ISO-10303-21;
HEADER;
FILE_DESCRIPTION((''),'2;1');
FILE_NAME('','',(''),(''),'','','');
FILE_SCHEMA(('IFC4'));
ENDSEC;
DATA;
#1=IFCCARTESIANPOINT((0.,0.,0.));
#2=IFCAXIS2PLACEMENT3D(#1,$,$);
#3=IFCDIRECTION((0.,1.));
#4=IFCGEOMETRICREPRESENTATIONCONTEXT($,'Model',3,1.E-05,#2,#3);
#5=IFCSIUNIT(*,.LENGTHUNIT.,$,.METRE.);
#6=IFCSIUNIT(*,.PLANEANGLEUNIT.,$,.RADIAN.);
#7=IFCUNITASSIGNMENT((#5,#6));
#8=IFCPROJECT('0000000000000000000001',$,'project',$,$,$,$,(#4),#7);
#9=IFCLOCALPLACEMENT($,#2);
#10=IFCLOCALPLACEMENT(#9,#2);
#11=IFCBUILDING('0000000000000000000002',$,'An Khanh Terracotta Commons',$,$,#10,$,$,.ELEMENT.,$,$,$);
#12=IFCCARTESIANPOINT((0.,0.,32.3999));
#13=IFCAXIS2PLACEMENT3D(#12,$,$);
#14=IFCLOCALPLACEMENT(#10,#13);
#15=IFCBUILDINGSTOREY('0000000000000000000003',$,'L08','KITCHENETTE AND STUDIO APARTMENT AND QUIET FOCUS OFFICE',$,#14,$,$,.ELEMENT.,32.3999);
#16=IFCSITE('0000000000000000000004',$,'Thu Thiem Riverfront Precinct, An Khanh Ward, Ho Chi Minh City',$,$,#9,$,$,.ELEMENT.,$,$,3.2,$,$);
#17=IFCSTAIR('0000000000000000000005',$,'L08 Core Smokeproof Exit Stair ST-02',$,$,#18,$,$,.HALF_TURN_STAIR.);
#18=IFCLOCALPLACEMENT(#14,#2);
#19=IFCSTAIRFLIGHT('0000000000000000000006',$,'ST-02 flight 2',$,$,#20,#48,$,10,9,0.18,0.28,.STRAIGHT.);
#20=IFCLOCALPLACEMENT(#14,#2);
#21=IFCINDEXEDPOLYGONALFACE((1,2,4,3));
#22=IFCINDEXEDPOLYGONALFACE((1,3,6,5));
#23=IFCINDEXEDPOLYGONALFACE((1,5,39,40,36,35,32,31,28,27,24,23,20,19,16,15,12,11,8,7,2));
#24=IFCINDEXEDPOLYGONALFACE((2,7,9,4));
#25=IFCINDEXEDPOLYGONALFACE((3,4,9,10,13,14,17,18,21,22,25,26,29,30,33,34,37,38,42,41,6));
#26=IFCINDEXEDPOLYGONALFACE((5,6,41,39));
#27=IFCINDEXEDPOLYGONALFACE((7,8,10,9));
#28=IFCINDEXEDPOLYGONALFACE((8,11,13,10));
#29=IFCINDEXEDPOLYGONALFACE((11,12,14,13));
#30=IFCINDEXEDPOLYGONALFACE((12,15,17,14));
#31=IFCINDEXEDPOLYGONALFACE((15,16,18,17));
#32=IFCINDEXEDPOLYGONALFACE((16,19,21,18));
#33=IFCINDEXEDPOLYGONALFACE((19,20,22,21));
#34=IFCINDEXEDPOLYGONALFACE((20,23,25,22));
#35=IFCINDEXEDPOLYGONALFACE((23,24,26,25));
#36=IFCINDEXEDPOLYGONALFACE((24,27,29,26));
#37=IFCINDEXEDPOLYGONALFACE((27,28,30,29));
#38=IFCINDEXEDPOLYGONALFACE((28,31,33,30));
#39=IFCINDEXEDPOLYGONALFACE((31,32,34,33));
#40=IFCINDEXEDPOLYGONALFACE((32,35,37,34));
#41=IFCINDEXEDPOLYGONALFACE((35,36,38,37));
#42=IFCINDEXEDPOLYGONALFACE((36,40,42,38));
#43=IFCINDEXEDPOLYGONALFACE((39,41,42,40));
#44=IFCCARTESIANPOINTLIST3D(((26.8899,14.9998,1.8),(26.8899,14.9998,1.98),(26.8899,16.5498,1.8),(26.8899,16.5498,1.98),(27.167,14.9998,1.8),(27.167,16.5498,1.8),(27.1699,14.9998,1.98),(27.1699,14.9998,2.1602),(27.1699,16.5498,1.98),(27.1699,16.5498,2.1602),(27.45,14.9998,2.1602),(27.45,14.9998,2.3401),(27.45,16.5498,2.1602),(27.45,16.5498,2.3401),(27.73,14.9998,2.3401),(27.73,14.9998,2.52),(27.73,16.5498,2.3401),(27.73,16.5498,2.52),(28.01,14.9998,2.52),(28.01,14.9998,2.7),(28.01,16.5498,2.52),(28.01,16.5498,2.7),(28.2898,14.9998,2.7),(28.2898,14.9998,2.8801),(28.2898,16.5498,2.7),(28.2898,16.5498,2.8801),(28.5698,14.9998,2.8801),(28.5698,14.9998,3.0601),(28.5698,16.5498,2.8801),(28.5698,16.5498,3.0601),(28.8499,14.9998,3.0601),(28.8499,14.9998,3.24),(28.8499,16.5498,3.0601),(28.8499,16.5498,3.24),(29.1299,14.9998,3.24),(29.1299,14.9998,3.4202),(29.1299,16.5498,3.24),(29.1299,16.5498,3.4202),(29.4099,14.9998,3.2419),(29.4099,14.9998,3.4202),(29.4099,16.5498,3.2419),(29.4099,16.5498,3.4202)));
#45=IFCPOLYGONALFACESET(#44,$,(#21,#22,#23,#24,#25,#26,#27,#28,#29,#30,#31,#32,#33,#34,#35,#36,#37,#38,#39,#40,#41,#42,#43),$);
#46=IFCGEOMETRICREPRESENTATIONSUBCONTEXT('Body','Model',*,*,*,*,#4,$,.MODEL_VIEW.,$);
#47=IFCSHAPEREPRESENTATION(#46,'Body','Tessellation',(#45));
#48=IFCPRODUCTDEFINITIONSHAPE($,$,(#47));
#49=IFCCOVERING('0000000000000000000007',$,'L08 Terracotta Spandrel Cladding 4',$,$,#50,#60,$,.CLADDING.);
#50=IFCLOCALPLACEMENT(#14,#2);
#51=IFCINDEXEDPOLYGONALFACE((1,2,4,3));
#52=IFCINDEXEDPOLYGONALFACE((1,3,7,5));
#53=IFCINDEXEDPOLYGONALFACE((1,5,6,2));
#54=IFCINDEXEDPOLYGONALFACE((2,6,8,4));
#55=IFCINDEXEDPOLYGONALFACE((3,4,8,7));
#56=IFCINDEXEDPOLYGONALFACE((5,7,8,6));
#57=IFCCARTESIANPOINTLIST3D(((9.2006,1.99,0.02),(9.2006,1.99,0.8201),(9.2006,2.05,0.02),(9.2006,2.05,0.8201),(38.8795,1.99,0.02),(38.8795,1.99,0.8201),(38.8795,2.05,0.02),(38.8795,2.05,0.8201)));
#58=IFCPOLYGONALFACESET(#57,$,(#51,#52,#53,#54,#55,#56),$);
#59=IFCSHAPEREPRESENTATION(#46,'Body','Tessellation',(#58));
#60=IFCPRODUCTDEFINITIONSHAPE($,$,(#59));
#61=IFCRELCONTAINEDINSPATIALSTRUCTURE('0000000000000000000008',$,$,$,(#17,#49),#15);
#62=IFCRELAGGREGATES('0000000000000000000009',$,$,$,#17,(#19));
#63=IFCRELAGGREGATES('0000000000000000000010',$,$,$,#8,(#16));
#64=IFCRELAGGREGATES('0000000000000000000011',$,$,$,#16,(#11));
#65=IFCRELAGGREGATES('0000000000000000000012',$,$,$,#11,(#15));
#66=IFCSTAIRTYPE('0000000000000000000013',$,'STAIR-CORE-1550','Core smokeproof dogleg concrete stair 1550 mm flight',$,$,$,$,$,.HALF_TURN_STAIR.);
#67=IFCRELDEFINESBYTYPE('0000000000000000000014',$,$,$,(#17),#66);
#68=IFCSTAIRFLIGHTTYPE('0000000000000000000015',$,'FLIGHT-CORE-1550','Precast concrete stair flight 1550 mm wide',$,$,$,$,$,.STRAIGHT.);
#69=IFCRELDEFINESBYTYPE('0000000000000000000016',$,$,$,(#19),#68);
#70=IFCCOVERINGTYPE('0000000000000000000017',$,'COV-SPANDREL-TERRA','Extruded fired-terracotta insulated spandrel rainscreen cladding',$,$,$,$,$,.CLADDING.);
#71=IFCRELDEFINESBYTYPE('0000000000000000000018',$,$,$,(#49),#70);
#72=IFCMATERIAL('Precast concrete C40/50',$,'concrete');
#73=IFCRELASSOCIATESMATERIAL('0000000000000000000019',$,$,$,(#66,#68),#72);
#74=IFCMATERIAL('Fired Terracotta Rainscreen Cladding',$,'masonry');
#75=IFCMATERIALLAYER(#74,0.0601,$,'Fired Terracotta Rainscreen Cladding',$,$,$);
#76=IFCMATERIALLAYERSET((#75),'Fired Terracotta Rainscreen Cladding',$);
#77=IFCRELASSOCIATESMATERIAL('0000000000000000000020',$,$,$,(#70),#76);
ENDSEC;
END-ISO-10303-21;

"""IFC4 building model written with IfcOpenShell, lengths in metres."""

from ifc_helpers import new_model, si_unit, direction, frame, origin, origin_2d, place, context, subcontext, project, spatial, polyline, rectangle, outline, extrude, material, layer, layer_set, type_object, element, aggregate, save


model = new_model("IFC4")

# Units and contexts
model_context = context("Model", 3, precision=1e-05, world=origin(), true_north=direction((0.0, 1.0)))
body_context = subcontext(model_context, "Body", "Model", "MODEL_VIEW")
ifc_project = project(units=[si_unit("LENGTHUNIT", "METRE"), si_unit("PLANEANGLEUNIT", "RADIAN")], contexts=[model_context])

# Site, building, storey
site_placement = place(None, origin())
site = spatial("IfcSite", under=ifc_project, at=site_placement, Name="Thu Thiem Riverfront Precinct, An Khanh Ward, Ho Chi Minh City", CompositionType="ELEMENT", RefElevation=3.2)
building_placement = place(site_placement, origin())
building = spatial("IfcBuilding", under=site, at=building_placement, Name="An Khanh Terracotta Commons", CompositionType="ELEMENT")
storey_placement = place(building_placement, frame((0.0, 0.0, 32.3999)))
storey = spatial("IfcBuildingStorey", under=building, at=storey_placement, Name="L08", Description="KITCHENETTE AND STUDIO APARTMENT AND QUIET FOCUS OFFICE", CompositionType="ELEMENT", Elevation=32.3999)

# Stair, stair flight
ifc_material_1 = material(Name="Precast concrete C40/50", Category="concrete")
stair_type = type_object("IfcStairType", Name="STAIR-CORE-1550", Description="Core smokeproof dogleg concrete stair 1550 mm flight", PredefinedType="HALF_TURN_STAIR", material=ifc_material_1)
stair_placement = place(storey_placement, origin())
stair = element("IfcStair", 1, at=stair_placement, inside=storey, type_object=stair_type, Name="L08 Core Smokeproof Exit Stair ST-02", PredefinedType="HALF_TURN_STAIR")
stair_flight_type = type_object("IfcStairFlightType", Name="FLIGHT-CORE-1550", Description="Precast concrete stair flight 1550 mm wide", PredefinedType="STRAIGHT", material=ifc_material_1)
stair_flight_1_placement = place(storey_placement, frame((26.8899, 15.7749, 1.8), z_axis=(0.0, 0.0, 1.0), x_axis=(1.0, 0.0, 0.0)))
stair_flight_1 = element("IfcStairFlight", 2, at=stair_flight_1_placement, type_object=stair_flight_type, Name="ST-02 flight 2", NumberOfRisers=10, NumberOfTreads=9, PredefinedType="STRAIGHT", RiserHeight=0.18, TreadLength=0.28, context=body_context, shape_type="SweptSolid", body=[
    extrude(outline(polyline([(0.0, 0.0), (0.0, 0.1799), (0.28, 0.1799), (0.28, 0.3601), (0.5601, 0.3601), (0.5601, 0.54), (0.8401, 0.54), (0.8401, 0.72), (1.1201, 0.72), (1.1201, 0.8999), (1.3999, 0.8999), (1.3999, 1.0801), (1.6799, 1.0801), (1.6799, 1.26), (1.96, 1.26), (1.96, 1.4399), (2.24, 1.4399), (2.24, 1.6201), (2.52, 1.6201), (2.52, 1.8), (2.52, 1.4419), (0.2771, 0.0), (0.0, 0.0)])), frame((0.0, 0.7749, 0.0), z_axis=(0.0, -1.0, 0.0), x_axis=(1.0, 0.0, 0.0)), (0.0, 0.0, 1.0), 1.55),
])
aggregate(stair, [stair_flight_1])

# Covering
ifc_material_2 = material(Name="Fired Terracotta Rainscreen Cladding", Category="masonry")
ifc_layer_1 = layer(ifc_material_2, 0.0601, Name="Fired Terracotta Rainscreen Cladding")
ifc_layer_set_1 = layer_set([ifc_layer_1], Name="Fired Terracotta Rainscreen Cladding")
covering_type = type_object("IfcCoveringType", Name="COV-SPANDREL-TERRA", Description="Extruded fired-terracotta insulated spandrel rainscreen cladding", PredefinedType="CLADDING", material=ifc_layer_set_1)
covering_placement = place(storey_placement, frame((24.04, 2.02, 0.02), z_axis=(0.0, 0.0, 1.0), x_axis=(1.0, 0.0, 0.0)))
element("IfcCovering", 3, at=covering_placement, inside=storey, type_object=covering_type, Name="L08 Terracotta Spandrel Cladding 4", PredefinedType="CLADDING", context=body_context, shape_type="SweptSolid", body=[
    extrude(rectangle(XDim=29.679, YDim=0.0601, at=origin_2d()), origin(), (0.0, 0.0, 1.0), 0.8),
])

save(model, "model.ifc")
